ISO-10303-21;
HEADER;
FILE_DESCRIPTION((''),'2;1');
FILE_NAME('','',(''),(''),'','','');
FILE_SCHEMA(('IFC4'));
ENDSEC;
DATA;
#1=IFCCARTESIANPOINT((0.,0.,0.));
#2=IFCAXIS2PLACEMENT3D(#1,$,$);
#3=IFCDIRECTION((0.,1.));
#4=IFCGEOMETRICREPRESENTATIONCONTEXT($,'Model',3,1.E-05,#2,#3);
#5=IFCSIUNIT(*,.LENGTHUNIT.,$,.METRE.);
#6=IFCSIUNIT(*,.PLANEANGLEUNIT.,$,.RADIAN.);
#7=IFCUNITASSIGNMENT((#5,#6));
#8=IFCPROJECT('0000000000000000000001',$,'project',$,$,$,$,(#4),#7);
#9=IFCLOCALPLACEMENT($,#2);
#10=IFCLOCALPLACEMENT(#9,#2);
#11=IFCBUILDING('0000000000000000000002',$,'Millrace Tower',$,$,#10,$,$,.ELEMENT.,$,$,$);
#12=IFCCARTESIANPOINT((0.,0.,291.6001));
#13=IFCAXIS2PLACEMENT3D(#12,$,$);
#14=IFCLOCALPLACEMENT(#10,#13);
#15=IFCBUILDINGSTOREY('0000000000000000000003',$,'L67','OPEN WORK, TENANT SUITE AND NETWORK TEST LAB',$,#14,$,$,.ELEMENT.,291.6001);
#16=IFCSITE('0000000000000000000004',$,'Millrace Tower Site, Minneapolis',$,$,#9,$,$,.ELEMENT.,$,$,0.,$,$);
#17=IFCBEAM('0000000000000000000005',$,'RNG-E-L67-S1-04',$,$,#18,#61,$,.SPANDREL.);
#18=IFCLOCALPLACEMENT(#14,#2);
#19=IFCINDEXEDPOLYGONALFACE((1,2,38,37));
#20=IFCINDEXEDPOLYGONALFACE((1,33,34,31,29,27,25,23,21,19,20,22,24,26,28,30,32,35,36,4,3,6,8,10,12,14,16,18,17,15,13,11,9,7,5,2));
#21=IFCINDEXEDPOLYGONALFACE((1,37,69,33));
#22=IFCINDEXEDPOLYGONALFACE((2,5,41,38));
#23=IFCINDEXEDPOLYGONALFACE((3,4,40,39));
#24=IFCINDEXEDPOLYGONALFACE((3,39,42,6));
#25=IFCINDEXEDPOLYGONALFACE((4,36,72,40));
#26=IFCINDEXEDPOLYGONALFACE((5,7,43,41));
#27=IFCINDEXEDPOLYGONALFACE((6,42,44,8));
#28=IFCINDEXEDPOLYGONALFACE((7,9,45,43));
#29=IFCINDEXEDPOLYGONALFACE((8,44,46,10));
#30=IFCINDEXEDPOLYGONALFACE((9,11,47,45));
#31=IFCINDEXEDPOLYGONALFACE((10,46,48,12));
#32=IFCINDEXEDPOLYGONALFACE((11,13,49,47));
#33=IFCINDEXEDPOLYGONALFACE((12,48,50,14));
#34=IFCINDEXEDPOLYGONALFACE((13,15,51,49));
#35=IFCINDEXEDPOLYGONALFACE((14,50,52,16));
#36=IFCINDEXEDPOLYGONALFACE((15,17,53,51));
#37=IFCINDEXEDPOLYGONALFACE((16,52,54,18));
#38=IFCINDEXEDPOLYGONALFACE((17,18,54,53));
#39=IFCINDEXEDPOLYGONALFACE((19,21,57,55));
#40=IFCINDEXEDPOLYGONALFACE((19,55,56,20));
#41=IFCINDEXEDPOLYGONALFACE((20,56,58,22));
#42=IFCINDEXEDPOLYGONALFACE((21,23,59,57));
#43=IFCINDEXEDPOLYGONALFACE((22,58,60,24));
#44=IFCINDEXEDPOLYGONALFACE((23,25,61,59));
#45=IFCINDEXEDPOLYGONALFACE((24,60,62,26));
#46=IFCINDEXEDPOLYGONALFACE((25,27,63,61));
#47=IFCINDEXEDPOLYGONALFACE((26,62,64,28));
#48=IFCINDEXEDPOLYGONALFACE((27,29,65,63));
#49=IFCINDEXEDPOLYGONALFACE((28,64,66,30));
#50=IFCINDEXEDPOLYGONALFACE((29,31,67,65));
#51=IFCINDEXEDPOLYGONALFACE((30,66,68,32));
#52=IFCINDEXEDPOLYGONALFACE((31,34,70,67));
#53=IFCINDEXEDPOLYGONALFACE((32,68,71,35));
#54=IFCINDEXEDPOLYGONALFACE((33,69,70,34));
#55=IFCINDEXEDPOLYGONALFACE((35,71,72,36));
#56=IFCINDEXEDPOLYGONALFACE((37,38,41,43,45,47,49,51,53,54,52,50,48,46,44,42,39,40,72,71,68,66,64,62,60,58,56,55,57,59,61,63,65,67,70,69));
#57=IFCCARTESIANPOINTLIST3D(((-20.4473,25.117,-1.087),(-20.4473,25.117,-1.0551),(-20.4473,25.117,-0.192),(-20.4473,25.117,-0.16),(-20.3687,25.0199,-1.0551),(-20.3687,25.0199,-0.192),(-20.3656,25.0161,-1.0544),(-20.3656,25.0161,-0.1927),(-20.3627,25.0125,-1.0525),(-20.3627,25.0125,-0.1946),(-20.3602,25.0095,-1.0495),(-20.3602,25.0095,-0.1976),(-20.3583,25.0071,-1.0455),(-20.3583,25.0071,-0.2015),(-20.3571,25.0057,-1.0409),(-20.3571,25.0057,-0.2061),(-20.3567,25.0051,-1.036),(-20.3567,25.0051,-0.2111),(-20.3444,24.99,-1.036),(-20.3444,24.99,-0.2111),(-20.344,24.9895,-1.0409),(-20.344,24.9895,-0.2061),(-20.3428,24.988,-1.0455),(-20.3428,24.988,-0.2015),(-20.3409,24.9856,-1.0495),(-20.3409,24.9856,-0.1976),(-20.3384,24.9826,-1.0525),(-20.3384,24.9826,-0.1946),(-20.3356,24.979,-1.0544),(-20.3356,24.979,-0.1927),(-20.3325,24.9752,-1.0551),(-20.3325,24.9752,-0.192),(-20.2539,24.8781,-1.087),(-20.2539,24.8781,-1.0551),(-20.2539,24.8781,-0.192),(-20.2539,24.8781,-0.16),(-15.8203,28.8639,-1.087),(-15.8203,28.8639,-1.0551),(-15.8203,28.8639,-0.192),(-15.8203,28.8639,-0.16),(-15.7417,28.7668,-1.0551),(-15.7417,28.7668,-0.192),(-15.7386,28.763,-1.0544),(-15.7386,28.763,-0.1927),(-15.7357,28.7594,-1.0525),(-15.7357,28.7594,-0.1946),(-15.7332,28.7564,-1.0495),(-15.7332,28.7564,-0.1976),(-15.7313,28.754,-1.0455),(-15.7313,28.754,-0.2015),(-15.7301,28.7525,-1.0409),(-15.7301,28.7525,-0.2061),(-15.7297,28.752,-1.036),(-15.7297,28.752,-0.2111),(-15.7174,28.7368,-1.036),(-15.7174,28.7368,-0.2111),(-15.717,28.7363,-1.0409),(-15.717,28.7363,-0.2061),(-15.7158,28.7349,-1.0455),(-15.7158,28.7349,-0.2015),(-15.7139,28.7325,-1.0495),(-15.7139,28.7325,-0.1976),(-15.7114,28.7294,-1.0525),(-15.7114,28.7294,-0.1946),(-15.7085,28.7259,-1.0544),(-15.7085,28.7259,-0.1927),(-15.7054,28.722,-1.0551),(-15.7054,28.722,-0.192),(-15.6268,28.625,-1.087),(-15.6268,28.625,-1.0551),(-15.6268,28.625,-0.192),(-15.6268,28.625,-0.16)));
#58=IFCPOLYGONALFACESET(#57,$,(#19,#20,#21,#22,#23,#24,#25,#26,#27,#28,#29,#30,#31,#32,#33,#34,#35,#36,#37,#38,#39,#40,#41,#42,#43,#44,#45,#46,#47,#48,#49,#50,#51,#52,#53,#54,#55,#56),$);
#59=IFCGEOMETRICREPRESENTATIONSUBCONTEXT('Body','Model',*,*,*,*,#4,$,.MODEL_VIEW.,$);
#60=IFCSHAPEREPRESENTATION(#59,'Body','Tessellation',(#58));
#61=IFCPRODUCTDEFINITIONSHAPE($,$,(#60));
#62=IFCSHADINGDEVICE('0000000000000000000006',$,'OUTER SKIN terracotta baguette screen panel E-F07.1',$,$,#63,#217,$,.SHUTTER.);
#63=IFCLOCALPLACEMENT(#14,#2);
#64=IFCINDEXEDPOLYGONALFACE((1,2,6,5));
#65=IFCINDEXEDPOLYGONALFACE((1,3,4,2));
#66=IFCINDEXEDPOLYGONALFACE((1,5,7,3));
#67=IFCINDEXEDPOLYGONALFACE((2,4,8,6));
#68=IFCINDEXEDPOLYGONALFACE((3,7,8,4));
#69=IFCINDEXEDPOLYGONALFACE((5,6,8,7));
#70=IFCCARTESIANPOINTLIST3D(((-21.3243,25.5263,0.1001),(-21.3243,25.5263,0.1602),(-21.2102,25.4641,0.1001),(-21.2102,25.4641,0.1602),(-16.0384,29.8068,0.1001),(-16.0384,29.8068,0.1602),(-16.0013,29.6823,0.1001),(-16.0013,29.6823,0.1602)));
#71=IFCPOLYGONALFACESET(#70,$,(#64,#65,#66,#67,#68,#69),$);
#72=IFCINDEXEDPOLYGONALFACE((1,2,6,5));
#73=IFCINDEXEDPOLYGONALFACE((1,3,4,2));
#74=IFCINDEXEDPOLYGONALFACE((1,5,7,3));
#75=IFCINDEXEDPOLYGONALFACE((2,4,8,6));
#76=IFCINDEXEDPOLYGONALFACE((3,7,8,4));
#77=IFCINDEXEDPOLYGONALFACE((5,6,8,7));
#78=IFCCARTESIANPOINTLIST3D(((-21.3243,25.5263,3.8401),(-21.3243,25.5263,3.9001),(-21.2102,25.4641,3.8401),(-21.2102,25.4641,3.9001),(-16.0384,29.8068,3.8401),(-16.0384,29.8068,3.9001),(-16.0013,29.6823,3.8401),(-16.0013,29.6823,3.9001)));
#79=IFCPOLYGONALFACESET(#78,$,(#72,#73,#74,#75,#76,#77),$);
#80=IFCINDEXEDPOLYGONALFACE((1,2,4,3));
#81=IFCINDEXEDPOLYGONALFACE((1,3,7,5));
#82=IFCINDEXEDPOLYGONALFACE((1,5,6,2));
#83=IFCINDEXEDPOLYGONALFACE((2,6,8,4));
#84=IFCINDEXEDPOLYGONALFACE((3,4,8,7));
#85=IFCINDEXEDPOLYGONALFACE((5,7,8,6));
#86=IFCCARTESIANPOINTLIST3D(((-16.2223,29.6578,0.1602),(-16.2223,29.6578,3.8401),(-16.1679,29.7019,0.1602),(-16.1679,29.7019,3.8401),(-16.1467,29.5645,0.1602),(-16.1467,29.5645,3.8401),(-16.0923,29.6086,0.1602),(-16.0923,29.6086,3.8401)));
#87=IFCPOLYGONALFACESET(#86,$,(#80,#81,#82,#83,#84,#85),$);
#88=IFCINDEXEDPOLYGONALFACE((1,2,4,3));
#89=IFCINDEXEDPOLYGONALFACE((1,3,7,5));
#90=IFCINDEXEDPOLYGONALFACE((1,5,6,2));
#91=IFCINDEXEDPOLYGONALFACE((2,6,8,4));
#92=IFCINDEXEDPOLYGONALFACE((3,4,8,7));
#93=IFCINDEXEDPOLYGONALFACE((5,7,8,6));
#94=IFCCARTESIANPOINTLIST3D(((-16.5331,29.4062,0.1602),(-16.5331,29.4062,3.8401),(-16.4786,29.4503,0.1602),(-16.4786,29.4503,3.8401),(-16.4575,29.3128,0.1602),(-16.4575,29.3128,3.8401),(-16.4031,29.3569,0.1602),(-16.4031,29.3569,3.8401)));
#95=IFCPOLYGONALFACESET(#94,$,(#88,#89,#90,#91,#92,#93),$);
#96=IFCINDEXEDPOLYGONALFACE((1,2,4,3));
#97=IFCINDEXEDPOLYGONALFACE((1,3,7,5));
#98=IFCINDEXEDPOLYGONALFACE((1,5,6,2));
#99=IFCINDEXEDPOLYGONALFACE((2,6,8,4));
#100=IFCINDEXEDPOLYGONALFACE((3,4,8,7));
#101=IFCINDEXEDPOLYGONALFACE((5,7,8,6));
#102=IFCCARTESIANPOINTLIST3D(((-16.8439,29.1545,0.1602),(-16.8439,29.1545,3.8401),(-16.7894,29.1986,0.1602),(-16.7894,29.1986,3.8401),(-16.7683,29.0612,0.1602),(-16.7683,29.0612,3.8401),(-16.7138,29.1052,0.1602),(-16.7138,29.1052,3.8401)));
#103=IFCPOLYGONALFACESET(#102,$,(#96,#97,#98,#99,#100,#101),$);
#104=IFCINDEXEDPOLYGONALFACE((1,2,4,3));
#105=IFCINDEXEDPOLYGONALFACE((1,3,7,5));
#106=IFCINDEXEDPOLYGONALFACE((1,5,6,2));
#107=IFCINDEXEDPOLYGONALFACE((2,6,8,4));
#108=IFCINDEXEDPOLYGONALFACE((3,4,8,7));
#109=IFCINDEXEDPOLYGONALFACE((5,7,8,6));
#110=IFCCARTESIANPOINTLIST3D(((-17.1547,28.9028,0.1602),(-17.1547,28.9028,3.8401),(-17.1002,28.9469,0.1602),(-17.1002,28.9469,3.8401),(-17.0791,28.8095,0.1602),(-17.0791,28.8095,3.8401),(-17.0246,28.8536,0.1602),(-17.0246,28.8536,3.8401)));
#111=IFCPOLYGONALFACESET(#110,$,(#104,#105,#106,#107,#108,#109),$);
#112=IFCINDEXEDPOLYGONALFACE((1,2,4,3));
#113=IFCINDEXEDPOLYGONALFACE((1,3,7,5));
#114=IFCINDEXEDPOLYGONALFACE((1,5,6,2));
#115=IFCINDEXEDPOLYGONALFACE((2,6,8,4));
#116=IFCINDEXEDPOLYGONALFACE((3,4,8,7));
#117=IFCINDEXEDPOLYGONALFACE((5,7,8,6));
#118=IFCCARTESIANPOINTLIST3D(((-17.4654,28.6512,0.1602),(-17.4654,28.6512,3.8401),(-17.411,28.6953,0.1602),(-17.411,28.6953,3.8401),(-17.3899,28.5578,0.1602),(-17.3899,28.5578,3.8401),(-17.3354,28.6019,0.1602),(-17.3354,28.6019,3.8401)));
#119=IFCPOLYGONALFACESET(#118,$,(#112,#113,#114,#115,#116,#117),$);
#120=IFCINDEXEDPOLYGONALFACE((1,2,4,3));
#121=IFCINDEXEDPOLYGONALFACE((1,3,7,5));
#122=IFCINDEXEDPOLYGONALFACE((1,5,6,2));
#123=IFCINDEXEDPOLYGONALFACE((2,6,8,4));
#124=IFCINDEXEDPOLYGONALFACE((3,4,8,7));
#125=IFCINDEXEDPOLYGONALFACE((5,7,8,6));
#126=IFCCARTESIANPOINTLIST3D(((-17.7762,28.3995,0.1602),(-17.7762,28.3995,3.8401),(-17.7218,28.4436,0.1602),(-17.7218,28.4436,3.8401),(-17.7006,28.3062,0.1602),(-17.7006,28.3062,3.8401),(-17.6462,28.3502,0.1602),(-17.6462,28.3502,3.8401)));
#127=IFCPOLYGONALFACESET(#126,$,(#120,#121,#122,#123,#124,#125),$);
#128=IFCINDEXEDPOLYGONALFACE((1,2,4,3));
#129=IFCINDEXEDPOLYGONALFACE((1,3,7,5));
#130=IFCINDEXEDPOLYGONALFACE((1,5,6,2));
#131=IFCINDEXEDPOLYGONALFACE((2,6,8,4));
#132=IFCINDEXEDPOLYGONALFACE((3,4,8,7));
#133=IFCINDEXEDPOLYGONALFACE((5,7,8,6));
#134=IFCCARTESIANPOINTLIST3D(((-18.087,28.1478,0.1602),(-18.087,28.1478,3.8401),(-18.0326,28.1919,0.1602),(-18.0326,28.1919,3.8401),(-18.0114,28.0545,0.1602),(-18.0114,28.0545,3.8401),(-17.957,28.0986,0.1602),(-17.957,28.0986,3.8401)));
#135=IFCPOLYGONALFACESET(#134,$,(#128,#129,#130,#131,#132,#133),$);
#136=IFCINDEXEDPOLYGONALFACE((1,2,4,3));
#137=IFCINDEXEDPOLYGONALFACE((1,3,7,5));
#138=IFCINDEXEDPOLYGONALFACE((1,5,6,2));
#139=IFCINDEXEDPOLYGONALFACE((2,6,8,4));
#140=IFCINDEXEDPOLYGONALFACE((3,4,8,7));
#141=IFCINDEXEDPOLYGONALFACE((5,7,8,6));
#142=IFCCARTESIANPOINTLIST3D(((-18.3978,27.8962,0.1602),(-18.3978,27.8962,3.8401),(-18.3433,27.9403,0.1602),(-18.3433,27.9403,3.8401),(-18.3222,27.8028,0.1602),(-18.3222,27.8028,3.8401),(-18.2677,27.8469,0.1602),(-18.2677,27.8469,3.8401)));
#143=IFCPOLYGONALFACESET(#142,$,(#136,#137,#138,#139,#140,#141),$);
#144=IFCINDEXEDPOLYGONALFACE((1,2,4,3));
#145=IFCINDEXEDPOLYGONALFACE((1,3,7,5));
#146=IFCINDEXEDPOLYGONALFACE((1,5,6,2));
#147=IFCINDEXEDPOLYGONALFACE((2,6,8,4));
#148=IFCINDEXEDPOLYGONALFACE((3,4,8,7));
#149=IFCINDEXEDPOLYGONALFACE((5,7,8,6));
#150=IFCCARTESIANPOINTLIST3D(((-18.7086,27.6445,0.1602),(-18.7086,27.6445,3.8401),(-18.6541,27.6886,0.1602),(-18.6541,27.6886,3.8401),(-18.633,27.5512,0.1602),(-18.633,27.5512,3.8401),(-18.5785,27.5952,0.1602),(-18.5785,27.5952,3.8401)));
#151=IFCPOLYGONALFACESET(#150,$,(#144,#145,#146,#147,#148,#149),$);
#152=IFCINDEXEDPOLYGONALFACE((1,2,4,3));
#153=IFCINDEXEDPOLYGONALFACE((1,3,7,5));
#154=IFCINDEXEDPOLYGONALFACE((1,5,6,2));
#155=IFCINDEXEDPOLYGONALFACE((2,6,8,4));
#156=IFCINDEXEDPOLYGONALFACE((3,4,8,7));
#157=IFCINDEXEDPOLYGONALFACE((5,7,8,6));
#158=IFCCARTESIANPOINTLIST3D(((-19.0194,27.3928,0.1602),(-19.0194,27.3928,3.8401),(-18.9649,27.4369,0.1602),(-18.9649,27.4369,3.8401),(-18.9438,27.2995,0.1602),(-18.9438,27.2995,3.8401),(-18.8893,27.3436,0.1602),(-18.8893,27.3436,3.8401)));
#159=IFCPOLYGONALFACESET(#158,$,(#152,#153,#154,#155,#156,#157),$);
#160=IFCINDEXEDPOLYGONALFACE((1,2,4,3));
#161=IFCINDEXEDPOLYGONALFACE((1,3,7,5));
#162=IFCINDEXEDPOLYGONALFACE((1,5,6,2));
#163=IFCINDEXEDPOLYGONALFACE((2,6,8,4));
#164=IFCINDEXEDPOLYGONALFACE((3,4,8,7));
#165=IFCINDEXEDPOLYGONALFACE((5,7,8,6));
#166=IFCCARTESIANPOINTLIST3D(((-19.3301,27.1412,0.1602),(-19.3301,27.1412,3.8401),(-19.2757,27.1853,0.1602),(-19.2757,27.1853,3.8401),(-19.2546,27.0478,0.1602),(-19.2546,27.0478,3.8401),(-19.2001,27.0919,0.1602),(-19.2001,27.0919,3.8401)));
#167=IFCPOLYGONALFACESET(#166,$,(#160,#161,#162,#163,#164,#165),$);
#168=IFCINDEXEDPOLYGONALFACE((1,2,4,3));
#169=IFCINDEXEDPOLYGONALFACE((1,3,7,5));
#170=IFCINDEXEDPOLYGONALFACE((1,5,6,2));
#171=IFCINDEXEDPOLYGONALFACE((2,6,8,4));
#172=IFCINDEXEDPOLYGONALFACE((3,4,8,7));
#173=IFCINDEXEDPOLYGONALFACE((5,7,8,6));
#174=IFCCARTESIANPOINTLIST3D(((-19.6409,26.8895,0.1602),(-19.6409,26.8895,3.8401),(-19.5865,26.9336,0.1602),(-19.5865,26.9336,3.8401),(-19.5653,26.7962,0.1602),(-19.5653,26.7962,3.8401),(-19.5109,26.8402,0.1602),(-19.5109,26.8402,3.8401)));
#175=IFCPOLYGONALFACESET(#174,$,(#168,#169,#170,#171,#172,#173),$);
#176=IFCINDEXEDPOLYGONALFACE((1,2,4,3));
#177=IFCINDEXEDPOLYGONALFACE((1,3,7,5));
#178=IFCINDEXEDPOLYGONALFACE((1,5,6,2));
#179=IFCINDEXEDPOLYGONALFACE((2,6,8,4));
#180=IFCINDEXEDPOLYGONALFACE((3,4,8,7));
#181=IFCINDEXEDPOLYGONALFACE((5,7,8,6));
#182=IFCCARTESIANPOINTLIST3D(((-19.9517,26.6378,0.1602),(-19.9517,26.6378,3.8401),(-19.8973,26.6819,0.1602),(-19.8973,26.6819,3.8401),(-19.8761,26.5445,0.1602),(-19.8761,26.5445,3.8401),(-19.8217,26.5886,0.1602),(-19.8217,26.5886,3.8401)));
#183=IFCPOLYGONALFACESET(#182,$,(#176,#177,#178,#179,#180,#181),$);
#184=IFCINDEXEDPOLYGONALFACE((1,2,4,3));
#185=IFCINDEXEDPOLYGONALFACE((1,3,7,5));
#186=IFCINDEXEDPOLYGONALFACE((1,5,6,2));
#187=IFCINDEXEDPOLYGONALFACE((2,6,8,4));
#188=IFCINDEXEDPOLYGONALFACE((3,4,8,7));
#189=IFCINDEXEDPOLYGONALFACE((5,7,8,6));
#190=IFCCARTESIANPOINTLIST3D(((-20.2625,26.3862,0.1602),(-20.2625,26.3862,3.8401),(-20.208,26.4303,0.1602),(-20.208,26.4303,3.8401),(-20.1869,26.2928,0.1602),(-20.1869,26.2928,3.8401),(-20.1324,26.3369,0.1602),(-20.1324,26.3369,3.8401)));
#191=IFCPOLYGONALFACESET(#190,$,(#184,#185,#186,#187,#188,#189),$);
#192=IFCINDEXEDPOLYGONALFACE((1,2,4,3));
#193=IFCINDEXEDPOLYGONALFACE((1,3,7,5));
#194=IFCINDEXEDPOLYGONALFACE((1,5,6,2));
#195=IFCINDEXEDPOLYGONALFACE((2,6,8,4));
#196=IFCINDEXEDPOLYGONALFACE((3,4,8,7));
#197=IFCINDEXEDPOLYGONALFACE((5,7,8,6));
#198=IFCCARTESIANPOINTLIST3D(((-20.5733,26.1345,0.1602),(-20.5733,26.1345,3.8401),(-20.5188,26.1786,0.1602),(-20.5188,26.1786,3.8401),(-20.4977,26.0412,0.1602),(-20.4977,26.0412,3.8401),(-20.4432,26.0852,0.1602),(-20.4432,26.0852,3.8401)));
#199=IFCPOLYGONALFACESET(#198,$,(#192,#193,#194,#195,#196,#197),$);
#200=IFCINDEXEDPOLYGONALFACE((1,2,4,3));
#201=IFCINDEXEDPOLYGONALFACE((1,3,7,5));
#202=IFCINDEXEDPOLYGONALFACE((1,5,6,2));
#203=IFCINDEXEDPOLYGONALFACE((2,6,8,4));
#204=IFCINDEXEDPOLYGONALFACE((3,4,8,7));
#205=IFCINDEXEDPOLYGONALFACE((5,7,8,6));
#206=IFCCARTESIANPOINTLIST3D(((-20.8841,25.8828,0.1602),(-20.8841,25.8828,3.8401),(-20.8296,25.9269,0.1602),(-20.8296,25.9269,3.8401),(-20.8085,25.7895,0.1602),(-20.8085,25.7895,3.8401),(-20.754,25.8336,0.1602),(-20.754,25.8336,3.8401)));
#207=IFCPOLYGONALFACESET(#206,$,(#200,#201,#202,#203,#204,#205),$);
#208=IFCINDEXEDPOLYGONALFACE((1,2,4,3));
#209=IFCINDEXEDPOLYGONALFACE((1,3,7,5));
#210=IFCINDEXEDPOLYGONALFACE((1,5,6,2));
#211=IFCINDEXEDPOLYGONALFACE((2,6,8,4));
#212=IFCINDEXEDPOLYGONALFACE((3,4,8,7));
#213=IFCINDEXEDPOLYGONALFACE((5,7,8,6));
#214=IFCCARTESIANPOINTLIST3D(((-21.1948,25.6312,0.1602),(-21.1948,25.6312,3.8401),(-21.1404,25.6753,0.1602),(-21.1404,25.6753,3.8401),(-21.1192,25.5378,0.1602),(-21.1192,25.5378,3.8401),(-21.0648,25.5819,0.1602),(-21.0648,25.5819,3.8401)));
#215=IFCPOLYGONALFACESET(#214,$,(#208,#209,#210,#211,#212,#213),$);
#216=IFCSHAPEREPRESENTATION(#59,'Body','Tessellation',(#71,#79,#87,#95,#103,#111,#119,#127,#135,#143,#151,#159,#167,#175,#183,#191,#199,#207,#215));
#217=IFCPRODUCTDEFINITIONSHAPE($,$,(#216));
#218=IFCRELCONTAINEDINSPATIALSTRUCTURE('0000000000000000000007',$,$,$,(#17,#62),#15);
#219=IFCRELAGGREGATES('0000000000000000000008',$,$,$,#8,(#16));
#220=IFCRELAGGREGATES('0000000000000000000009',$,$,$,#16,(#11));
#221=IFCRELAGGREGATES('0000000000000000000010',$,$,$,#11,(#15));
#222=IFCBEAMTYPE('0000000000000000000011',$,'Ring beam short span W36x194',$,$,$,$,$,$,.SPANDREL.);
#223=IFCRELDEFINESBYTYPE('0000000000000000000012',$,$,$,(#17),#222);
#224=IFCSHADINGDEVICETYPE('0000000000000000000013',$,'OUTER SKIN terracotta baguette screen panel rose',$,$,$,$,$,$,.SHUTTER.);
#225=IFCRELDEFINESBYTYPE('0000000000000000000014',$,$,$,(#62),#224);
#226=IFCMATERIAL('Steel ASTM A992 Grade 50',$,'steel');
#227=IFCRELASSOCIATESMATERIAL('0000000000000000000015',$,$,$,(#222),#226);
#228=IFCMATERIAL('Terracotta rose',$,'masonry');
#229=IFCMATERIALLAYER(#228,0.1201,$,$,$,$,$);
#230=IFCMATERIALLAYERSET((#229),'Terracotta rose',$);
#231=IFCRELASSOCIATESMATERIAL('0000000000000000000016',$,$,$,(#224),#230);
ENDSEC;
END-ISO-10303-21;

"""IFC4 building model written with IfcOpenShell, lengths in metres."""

from ifc_helpers import new_model, entity, si_unit, direction, frame, frame_2d, origin, origin_2d, place, context, subcontext, project, spatial, rectangle, i_section, extrude, source, transform, mapped, material, layer, layer_set, material_profile, profile_set, type_object, element, save


model = new_model("IFC4")

# Units and contexts
model_context = context("Model", 3, precision=1e-05, world=origin(), true_north=direction((0.0, 1.0)))
body_context = subcontext(model_context, "Body", "Model", "MODEL_VIEW")
ifc_project = project(units=[si_unit("LENGTHUNIT", "METRE"), si_unit("PLANEANGLEUNIT", "RADIAN")], contexts=[model_context])

# Site, building, storey
site_placement = place(None, origin())
site = spatial("IfcSite", under=ifc_project, at=site_placement, Name="Millrace Tower Site, Minneapolis", CompositionType="ELEMENT", RefElevation=0.0)
building_placement = place(site_placement, origin())
building = spatial("IfcBuilding", under=site, at=building_placement, Name="Millrace Tower", CompositionType="ELEMENT")
storey_placement = place(building_placement, frame((0.0, 0.0, 291.6001)))
storey = spatial("IfcBuildingStorey", under=building, at=storey_placement, Name="L67", Description="OPEN WORK, TENANT SUITE AND NETWORK TEST LAB", CompositionType="ELEMENT", Elevation=291.6001)

# Beam
ifc_material_1 = material(Name="Steel ASTM A992 Grade 50", Category="steel")
ifc_material_profile_1 = material_profile(ifc_material_1, i_section(OverallWidth=0.3074, OverallDepth=0.927, WebThickness=0.0195, FlangeThickness=0.032, FilletRadius=0.019, at=origin_2d()))
ifc_profile_set_1 = profile_set([ifc_material_profile_1], Name="Steel ASTM A992 Grade 50")
beam_type_1 = type_object("IfcBeamType", Name="Ring beam short span W36x194", PredefinedType="SPANDREL", material=ifc_profile_set_1)
beam_1_placement = place(storey_placement, frame((-20.3506, 24.9976, -0.6235), z_axis=(0.777147, 0.62932, 0.0), x_axis=(-0.62932, 0.777147, 0.0)))
element("IfcBeam", 1, at=beam_1_placement, inside=storey, type_object=beam_type_1, Name="RNG-E-L67-S1-04", PredefinedType="SPANDREL", context=body_context, shape_type="SweptSolid", body=[
    extrude(i_section(OverallWidth=0.3074, OverallDepth=0.927, WebThickness=0.0195, FlangeThickness=0.032, FilletRadius=0.019, at=origin_2d()), origin(), (0.0, 0.0, 1.0), 5.9539),
])

# Shading device
ifc_material_2 = material(Name="Terracotta rose", Category="masonry")
ifc_layer_1 = layer(ifc_material_2, 0.1201)
ifc_layer_set_1 = layer_set([ifc_layer_1], Name="Terracotta rose")
shading_device_type = type_object("IfcShadingDeviceType", Name="OUTER SKIN terracotta baguette screen panel rose", PredefinedType="SHUTTER", material=ifc_layer_set_1)
cartesian_point_1 = entity("IfcCartesianPoint", [-3.3513, 0.0601])
shared_polyline_1 = entity("IfcPolyline", [cartesian_point_1, entity("IfcCartesianPoint", [3.3513, 0.0601]), entity("IfcCartesianPoint", [3.4009, -0.0601]), entity("IfcCartesianPoint", [-3.4009, -0.0601]), cartesian_point_1])
shared_shape_1 = source(origin(), body_context, "Body", "SweptSolid", [
    entity("IfcExtrudedAreaSolid", entity("IfcArbitraryClosedProfileDef", "AREA", None, shared_polyline_1), entity("IfcAxis2Placement3D", entity("IfcCartesianPoint", [0.0, 0.0, 0.0])), entity("IfcDirection", [0.0, 0.0, 1.0]), 0.0601),
    entity("IfcExtrudedAreaSolid", entity("IfcArbitraryClosedProfileDef", "AREA", None, shared_polyline_1), entity("IfcAxis2Placement3D", entity("IfcCartesianPoint", [0.0, 0.0, 3.74])), entity("IfcDirection", [0.0, 0.0, 1.0]), 0.0601),
    extrude(rectangle(XDim=0.0701, YDim=0.1201, at=frame_2d((-3.1992, 0.0))), frame((0.0, 0.0, 0.0601)), (0.0, 0.0, 1.0), 3.6799),
    extrude(rectangle(XDim=0.0701, YDim=0.1201, at=frame_2d((-2.7993, 0.0))), frame((0.0, 0.0, 0.0601)), (0.0, 0.0, 1.0), 3.6799),
    extrude(rectangle(XDim=0.0701, YDim=0.1201, at=frame_2d((-2.3994, 0.0))), frame((0.0, 0.0, 0.0601)), (0.0, 0.0, 1.0), 3.6799),
    extrude(rectangle(XDim=0.0701, YDim=0.1201, at=frame_2d((-1.9995, 0.0))), frame((0.0, 0.0, 0.0601)), (0.0, 0.0, 1.0), 3.6799),
    extrude(rectangle(XDim=0.0701, YDim=0.1201, at=frame_2d((-1.5996, 0.0))), frame((0.0, 0.0, 0.0601)), (0.0, 0.0, 1.0), 3.6799),
    extrude(rectangle(XDim=0.0701, YDim=0.1201, at=frame_2d((-1.1997, 0.0))), frame((0.0, 0.0, 0.0601)), (0.0, 0.0, 1.0), 3.6799),
    extrude(rectangle(XDim=0.0701, YDim=0.1201, at=frame_2d((-0.7998, 0.0))), frame((0.0, 0.0, 0.0601)), (0.0, 0.0, 1.0), 3.6799),
    extrude(rectangle(XDim=0.0701, YDim=0.1201, at=frame_2d((-0.3999, 0.0))), frame((0.0, 0.0, 0.0601)), (0.0, 0.0, 1.0), 3.6799),
    extrude(rectangle(XDim=0.0701, YDim=0.1201, at=origin_2d()), frame((0.0, 0.0, 0.0601)), (0.0, 0.0, 1.0), 3.6799),
    extrude(rectangle(XDim=0.0701, YDim=0.1201, at=frame_2d((0.3999, 0.0))), frame((0.0, 0.0, 0.0601)), (0.0, 0.0, 1.0), 3.6799),
    extrude(rectangle(XDim=0.0701, YDim=0.1201, at=frame_2d((0.7998, 0.0))), frame((0.0, 0.0, 0.0601)), (0.0, 0.0, 1.0), 3.6799),
    extrude(rectangle(XDim=0.0701, YDim=0.1201, at=frame_2d((1.1997, 0.0))), frame((0.0, 0.0, 0.0601)), (0.0, 0.0, 1.0), 3.6799),
    extrude(rectangle(XDim=0.0701, YDim=0.1201, at=frame_2d((1.5996, 0.0))), frame((0.0, 0.0, 0.0601)), (0.0, 0.0, 1.0), 3.6799),
    extrude(rectangle(XDim=0.0701, YDim=0.1201, at=frame_2d((1.9995, 0.0))), frame((0.0, 0.0, 0.0601)), (0.0, 0.0, 1.0), 3.6799),
    extrude(rectangle(XDim=0.0701, YDim=0.1201, at=frame_2d((2.3994, 0.0))), frame((0.0, 0.0, 0.0601)), (0.0, 0.0, 1.0), 3.6799),
    extrude(rectangle(XDim=0.0701, YDim=0.1201, at=frame_2d((2.7993, 0.0))), frame((0.0, 0.0, 0.0601)), (0.0, 0.0, 1.0), 3.6799),
    extrude(rectangle(XDim=0.0701, YDim=0.1201, at=frame_2d((3.1992, 0.0))), frame((0.0, 0.0, 0.0601)), (0.0, 0.0, 1.0), 3.6799),
])
shading_device_1_placement = place(storey_placement, frame((-18.6436, 27.6199, 0.1001), z_axis=(0.0, 0.0, 1.0), x_axis=(-0.777146, -0.62932, 0.0)))
element("IfcShadingDevice", 2, at=shading_device_1_placement, inside=storey, type_object=shading_device_type, Name="OUTER SKIN terracotta baguette screen panel E-F07.1", PredefinedType="SHUTTER", context=body_context, shape_type="MappedRepresentation", body=[
    mapped(shared_shape_1, transform((0.0, 0.0, 0.0), scale=1.0)),
])

save(model, "model.ifc")
